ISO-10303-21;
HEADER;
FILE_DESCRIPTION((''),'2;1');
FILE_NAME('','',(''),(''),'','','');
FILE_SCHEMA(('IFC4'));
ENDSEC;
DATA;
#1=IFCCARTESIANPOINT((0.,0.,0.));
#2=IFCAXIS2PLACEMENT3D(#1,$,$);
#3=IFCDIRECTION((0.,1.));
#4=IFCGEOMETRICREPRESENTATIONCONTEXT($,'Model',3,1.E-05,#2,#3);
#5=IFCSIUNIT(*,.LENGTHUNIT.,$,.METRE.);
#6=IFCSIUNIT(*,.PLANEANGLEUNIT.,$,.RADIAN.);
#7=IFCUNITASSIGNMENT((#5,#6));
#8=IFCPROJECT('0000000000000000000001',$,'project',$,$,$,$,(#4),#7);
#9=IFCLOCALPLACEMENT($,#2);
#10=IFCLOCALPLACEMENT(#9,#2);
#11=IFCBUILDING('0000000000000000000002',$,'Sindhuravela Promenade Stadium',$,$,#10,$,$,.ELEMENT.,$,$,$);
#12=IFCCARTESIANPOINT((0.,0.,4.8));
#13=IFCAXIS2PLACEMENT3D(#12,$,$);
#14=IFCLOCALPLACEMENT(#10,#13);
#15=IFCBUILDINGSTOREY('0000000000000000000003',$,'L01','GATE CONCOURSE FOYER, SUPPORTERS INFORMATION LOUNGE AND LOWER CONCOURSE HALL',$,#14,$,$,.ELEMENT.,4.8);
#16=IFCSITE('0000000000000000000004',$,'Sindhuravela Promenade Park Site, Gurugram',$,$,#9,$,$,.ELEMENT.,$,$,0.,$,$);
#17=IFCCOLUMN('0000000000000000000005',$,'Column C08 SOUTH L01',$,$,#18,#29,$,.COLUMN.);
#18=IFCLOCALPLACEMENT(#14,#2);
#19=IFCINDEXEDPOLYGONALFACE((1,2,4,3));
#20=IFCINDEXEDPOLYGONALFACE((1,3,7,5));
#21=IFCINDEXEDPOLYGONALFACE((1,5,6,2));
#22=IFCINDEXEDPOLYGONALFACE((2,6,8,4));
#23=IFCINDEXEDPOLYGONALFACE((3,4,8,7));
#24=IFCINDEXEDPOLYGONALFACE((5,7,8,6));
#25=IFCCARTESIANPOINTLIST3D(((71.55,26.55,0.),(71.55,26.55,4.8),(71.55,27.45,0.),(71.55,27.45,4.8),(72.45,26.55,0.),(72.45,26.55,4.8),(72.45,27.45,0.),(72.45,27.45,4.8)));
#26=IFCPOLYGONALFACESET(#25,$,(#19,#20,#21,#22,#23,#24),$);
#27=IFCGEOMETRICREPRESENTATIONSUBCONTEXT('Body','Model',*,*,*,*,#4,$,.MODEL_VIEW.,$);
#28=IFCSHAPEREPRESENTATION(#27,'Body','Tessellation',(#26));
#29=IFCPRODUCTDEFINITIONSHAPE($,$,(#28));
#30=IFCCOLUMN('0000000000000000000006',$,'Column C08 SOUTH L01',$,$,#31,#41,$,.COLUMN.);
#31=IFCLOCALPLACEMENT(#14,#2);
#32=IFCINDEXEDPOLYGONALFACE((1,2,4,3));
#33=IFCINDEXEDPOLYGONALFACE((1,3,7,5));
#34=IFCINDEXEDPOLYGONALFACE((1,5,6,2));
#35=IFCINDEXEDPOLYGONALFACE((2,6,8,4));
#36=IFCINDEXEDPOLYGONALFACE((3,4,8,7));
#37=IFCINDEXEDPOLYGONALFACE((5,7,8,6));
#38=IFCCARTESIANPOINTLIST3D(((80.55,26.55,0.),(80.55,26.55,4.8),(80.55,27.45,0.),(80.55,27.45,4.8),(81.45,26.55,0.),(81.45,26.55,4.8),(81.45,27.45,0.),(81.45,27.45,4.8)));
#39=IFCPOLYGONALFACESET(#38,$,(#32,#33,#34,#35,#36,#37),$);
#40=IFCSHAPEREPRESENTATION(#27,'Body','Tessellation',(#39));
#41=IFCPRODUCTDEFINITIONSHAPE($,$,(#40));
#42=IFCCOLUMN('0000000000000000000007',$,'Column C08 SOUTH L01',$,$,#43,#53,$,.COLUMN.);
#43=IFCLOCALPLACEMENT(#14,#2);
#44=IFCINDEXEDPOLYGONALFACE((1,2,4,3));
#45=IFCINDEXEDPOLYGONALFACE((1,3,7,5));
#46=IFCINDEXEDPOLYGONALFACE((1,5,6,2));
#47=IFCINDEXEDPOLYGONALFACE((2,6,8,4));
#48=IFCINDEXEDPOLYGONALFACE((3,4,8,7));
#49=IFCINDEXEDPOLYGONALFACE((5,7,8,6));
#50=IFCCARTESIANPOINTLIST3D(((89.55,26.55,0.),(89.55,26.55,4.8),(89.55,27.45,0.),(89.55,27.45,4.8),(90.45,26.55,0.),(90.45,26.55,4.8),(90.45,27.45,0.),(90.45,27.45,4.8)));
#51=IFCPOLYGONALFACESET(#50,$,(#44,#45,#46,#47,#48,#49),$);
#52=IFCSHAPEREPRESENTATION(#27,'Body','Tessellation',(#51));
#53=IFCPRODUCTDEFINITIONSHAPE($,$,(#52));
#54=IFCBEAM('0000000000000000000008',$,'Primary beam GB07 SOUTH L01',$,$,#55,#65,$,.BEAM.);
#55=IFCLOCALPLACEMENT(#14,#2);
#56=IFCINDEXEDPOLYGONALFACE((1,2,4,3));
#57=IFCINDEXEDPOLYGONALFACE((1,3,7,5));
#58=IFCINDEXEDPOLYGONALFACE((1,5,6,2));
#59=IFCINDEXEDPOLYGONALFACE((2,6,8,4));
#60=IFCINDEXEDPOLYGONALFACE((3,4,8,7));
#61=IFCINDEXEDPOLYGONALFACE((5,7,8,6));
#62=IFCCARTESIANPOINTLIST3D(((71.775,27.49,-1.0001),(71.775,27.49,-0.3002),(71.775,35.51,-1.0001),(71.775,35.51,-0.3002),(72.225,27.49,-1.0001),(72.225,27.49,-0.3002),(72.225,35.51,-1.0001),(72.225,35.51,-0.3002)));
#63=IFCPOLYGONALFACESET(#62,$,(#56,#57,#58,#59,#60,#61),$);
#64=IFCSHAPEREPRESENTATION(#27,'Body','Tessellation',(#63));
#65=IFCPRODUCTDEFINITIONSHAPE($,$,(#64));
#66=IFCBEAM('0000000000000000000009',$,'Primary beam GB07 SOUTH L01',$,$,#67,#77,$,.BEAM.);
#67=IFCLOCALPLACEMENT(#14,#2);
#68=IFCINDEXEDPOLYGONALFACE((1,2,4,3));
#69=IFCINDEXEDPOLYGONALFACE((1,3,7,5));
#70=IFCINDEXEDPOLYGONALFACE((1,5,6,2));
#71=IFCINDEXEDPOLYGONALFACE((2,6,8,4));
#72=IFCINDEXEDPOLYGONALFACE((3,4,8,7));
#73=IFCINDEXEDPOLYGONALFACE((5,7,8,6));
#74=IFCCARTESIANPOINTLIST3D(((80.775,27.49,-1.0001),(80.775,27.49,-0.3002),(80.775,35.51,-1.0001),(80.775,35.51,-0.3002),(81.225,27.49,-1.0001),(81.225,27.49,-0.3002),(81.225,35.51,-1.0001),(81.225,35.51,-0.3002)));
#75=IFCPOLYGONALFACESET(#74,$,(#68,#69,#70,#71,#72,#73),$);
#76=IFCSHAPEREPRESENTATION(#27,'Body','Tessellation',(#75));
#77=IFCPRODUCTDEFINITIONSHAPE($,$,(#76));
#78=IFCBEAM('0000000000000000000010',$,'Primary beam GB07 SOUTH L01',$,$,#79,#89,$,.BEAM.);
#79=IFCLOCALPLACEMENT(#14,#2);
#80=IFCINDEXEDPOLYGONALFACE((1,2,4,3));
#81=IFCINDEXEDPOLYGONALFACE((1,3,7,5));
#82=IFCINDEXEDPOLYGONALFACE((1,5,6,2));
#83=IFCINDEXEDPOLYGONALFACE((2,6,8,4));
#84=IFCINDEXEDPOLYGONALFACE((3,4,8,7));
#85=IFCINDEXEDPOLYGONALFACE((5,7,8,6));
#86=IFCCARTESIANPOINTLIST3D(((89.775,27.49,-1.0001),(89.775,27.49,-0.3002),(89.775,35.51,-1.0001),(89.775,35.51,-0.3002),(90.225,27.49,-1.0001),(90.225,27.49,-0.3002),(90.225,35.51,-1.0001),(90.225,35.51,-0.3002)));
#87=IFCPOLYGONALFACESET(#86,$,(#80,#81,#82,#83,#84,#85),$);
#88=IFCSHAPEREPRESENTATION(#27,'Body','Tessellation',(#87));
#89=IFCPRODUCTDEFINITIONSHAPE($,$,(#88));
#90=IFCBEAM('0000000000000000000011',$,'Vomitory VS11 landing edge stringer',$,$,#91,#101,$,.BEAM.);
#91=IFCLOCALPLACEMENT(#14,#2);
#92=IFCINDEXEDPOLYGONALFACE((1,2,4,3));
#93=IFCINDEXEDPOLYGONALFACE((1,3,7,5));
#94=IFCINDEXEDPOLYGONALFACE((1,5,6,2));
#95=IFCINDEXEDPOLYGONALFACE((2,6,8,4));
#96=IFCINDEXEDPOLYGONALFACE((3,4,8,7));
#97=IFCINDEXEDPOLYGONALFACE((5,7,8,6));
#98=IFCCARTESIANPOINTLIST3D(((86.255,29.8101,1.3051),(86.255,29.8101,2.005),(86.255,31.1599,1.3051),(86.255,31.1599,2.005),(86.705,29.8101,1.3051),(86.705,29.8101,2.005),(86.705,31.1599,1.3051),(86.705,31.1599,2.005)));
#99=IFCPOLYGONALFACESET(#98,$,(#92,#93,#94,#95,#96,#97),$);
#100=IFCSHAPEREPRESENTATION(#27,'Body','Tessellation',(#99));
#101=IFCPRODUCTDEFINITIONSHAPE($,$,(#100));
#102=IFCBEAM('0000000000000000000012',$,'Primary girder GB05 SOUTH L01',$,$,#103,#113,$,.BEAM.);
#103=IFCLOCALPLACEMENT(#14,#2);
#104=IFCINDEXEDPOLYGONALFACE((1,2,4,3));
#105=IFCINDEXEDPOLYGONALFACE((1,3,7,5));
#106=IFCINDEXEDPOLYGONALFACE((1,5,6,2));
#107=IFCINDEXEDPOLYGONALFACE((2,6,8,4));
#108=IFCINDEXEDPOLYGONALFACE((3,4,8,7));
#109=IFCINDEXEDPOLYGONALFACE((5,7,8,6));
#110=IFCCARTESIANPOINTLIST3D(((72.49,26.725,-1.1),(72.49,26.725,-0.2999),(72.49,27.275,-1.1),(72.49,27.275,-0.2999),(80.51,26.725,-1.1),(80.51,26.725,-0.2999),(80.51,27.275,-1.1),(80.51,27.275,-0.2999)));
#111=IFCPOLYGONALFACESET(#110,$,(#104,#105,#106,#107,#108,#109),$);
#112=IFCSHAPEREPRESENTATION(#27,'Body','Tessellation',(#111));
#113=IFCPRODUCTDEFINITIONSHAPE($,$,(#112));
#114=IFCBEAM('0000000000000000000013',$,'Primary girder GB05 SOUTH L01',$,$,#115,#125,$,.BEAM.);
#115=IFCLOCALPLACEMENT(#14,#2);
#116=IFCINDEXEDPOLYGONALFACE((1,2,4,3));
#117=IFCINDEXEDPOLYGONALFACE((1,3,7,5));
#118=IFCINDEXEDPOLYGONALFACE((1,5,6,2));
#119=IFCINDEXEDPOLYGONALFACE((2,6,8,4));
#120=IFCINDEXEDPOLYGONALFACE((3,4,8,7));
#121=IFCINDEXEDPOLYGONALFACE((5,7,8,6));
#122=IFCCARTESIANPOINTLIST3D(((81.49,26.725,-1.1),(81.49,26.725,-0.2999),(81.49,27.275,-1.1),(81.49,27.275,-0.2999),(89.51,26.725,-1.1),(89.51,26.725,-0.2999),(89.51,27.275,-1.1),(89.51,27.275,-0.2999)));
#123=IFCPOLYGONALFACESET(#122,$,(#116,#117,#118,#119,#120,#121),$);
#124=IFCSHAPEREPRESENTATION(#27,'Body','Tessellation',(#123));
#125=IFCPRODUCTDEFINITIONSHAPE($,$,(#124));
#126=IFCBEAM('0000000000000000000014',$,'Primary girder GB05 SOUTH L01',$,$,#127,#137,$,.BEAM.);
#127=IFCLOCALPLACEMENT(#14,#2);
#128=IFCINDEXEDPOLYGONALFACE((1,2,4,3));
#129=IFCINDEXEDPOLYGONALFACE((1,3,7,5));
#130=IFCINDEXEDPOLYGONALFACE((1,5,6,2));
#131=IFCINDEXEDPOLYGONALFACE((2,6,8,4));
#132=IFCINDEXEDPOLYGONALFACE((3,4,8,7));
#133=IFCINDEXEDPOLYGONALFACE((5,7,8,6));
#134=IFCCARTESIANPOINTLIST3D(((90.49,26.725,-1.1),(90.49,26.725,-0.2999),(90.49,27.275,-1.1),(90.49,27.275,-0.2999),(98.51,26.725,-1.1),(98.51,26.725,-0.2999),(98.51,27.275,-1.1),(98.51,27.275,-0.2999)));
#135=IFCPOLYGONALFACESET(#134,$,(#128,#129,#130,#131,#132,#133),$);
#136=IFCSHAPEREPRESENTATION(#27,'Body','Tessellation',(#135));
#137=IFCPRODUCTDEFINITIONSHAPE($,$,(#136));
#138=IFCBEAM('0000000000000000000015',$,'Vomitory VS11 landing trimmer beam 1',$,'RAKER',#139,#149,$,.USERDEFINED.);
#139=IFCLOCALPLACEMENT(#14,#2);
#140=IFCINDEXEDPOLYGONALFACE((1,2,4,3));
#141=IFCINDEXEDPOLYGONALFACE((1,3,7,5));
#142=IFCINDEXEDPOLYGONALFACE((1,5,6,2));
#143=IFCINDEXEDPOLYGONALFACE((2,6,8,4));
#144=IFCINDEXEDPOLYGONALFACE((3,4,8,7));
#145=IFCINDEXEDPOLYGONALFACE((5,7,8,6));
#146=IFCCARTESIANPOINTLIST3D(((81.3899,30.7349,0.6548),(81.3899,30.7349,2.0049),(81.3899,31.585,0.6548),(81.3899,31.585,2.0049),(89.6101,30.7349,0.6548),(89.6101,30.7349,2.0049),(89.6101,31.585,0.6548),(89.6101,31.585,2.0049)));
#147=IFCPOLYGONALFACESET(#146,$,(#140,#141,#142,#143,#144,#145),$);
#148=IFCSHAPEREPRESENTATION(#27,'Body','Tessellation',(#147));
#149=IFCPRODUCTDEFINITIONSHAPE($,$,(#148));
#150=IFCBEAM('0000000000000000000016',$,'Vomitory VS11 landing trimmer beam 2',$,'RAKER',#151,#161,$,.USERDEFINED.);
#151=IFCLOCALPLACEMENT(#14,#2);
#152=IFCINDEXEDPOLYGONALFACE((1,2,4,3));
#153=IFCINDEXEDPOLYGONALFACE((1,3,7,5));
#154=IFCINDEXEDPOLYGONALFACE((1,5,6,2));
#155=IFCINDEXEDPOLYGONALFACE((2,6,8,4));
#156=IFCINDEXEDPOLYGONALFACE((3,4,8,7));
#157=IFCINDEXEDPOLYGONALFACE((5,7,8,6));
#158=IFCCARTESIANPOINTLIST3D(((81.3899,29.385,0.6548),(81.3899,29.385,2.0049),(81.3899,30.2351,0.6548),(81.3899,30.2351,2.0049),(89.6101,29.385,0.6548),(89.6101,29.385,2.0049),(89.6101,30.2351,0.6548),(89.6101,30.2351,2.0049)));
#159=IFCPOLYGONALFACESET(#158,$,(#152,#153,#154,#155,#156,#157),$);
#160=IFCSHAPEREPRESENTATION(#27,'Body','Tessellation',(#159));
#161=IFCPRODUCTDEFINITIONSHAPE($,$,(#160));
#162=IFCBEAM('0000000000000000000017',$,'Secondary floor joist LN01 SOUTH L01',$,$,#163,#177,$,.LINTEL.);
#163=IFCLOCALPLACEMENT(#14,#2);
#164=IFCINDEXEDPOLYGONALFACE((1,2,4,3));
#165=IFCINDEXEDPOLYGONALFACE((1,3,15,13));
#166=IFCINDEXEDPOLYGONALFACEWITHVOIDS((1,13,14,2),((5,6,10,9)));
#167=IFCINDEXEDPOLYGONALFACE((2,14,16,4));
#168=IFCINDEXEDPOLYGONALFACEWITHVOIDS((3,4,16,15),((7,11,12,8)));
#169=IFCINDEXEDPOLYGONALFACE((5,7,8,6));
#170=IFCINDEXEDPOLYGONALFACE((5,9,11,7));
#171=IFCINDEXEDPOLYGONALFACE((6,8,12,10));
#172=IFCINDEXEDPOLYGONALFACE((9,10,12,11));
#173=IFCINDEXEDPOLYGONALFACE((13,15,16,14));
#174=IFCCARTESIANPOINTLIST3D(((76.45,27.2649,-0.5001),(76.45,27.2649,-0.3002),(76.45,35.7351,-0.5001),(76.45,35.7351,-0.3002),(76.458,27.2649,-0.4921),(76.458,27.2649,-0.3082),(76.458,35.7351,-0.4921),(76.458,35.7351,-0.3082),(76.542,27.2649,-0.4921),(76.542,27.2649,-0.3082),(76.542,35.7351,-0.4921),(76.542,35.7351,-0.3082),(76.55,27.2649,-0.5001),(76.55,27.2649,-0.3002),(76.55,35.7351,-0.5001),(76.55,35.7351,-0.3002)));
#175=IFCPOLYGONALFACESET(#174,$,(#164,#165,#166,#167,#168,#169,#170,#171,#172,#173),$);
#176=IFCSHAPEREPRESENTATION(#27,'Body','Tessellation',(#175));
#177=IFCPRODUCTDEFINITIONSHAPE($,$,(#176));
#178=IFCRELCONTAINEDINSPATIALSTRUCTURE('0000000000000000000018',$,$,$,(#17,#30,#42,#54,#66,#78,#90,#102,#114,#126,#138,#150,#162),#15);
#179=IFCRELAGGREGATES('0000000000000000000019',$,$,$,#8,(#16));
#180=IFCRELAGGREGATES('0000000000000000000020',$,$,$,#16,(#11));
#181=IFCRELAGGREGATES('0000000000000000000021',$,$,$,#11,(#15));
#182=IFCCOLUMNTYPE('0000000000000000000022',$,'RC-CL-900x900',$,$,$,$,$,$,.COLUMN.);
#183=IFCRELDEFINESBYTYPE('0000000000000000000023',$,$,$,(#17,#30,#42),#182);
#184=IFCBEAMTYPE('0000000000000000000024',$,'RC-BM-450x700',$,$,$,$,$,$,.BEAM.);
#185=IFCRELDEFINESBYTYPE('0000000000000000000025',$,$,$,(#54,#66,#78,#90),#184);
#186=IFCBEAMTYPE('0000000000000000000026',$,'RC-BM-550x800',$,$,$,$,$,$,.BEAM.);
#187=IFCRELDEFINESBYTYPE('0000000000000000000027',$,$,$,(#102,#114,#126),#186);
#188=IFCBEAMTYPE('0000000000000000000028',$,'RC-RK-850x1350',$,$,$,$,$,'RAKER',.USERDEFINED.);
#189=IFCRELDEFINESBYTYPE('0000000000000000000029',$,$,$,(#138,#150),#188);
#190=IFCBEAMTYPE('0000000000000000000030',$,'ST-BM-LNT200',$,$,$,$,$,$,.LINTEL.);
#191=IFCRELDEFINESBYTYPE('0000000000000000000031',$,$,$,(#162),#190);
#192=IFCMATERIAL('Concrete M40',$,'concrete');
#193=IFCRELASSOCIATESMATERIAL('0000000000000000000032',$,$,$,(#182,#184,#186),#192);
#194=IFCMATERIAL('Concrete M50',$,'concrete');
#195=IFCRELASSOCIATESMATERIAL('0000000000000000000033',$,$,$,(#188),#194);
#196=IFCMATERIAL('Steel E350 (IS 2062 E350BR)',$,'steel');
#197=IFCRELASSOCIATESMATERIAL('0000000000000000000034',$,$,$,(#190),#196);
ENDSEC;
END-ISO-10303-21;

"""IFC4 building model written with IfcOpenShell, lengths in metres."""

from ifc_helpers import new_model, si_unit, direction, frame, origin, origin_2d, place, context, subcontext, project, spatial, rectangle, hollow_rectangle, extrude, material, material_profile, profile_set, type_object, element, save


model = new_model("IFC4")

# Units and contexts
model_context = context("Model", 3, precision=1e-05, world=origin(), true_north=direction((0.0, 1.0)))
body_context = subcontext(model_context, "Body", "Model", "MODEL_VIEW")
ifc_project = project(units=[si_unit("LENGTHUNIT", "METRE"), si_unit("PLANEANGLEUNIT", "RADIAN")], contexts=[model_context])

# Site, building, storey
site_placement = place(None, origin())
site = spatial("IfcSite", under=ifc_project, at=site_placement, Name="Sindhuravela Promenade Park Site, Gurugram", CompositionType="ELEMENT", RefElevation=0.0)
building_placement = place(site_placement, origin())
building = spatial("IfcBuilding", under=site, at=building_placement, Name="Sindhuravela Promenade Stadium", CompositionType="ELEMENT")
storey_placement = place(building_placement, frame((0.0, 0.0, 4.8)))
storey = spatial("IfcBuildingStorey", under=building, at=storey_placement, Name="L01", Description="GATE CONCOURSE FOYER, SUPPORTERS INFORMATION LOUNGE AND LOWER CONCOURSE HALL", CompositionType="ELEMENT", Elevation=4.8)

# Columns
ifc_material_1 = material(Name="Concrete M40", Category="concrete")
ifc_material_profile_1 = material_profile(ifc_material_1, rectangle(XDim=0.8999, YDim=0.8999, at=origin_2d()), Name="RC 900x900")
ifc_profile_set_1 = profile_set([ifc_material_profile_1], Name="Concrete M40")
column_type = type_object("IfcColumnType", Name="RC-CL-900x900", PredefinedType="COLUMN", material=ifc_profile_set_1)
for number, where, z_axis, x_axis, name in (
    (1, (72.0, 27.0, 0.0), (0.0, 0.0, 1.0), (1.0, 0.0, 0.0), "Column C08 SOUTH L01"),
    (2, (81.0, 27.0, 0.0), (0.0, 0.0, 1.0), (1.0, 0.0, 0.0), "Column C08 SOUTH L01"),
    (3, (90.0, 27.0, 0.0), (0.0, 0.0, 1.0), (1.0, 0.0, 0.0), "Column C08 SOUTH L01"),
):
    element("IfcColumn", number, at=place(storey_placement, frame(where, z_axis=z_axis, x_axis=x_axis)), inside=storey, type_object=column_type, Name=name, PredefinedType="COLUMN", context=body_context, shape_type="SweptSolid", body=[
        extrude(rectangle(XDim=0.8999, YDim=0.8999, at=origin_2d()), origin(), (0.0, 0.0, 1.0), 4.8),
    ])

# Beams
ifc_material_profile_2 = material_profile(ifc_material_1, rectangle(XDim=0.45, YDim=0.7, at=origin_2d()), Name="RC 450x700")
ifc_profile_set_2 = profile_set([ifc_material_profile_2], Name="Concrete M40")
beam_type_1 = type_object("IfcBeamType", Name="RC-BM-450x700", PredefinedType="BEAM", material=ifc_profile_set_2)
for number, where, z_axis, x_axis, name in (
    (4, (72.0, 27.49, -0.6501), (0.0, 1.0, 0.0), (-1.0, 0.0, 0.0), "Primary beam GB07 SOUTH L01"),
    (5, (81.0, 27.49, -0.6501), (0.0, 1.0, 0.0), (-1.0, 0.0, 0.0), "Primary beam GB07 SOUTH L01"),
    (6, (90.0, 27.49, -0.6501), (0.0, 1.0, 0.0), (-1.0, 0.0, 0.0), "Primary beam GB07 SOUTH L01"),
):
    element("IfcBeam", number, at=place(storey_placement, frame(where, z_axis=z_axis, x_axis=x_axis)), inside=storey, type_object=beam_type_1, Name=name, PredefinedType="BEAM", context=body_context, shape_type="SweptSolid", body=[
        extrude(rectangle(XDim=0.45, YDim=0.7, at=origin_2d()), origin(), (0.0, 0.0, 1.0), 8.02),
    ])
beam_1_placement = place(storey_placement, frame((86.48, 31.1599, 1.655), z_axis=(0.0, -1.0, 0.0), x_axis=(1.0, 0.0, 0.0)))
element("IfcBeam", 7, at=beam_1_placement, inside=storey, type_object=beam_type_1, Name="Vomitory VS11 landing edge stringer", PredefinedType="BEAM", context=body_context, shape_type="SweptSolid", body=[
    extrude(rectangle(XDim=0.45, YDim=0.7, at=origin_2d()), origin(), (0.0, 0.0, 1.0), 1.3499),
])
ifc_material_profile_3 = material_profile(ifc_material_1, rectangle(XDim=0.55, YDim=0.8, at=origin_2d()), Name="RC 550x800")
ifc_profile_set_3 = profile_set([ifc_material_profile_3], Name="Concrete M40")
beam_type_2 = type_object("IfcBeamType", Name="RC-BM-550x800", PredefinedType="BEAM", material=ifc_profile_set_3)
for number, where, z_axis, x_axis, name in (
    (8, (72.49, 27.0, -0.7), (1.0, 0.0, 0.0), (0.0, 1.0, 0.0), "Primary girder GB05 SOUTH L01"),
    (9, (81.49, 27.0, -0.7), (1.0, 0.0, 0.0), (0.0, 1.0, 0.0), "Primary girder GB05 SOUTH L01"),
    (10, (90.49, 27.0, -0.7), (1.0, 0.0, 0.0), (0.0, 1.0, 0.0), "Primary girder GB05 SOUTH L01"),
):
    element("IfcBeam", number, at=place(storey_placement, frame(where, z_axis=z_axis, x_axis=x_axis)), inside=storey, type_object=beam_type_2, Name=name, PredefinedType="BEAM", context=body_context, shape_type="SweptSolid", body=[
        extrude(rectangle(XDim=0.55, YDim=0.8, at=origin_2d()), origin(), (0.0, 0.0, 1.0), 8.02),
    ])
ifc_material_2 = material(Name="Concrete M50", Category="concrete")
ifc_material_profile_4 = material_profile(ifc_material_2, rectangle(XDim=0.8501, YDim=1.3501, at=origin_2d()), Name="RC 850x1350")
ifc_profile_set_4 = profile_set([ifc_material_profile_4], Name="Concrete M50")
beam_type_3 = type_object("IfcBeamType", Name="RC-RK-850x1350", ElementType="RAKER", PredefinedType="USERDEFINED", material=ifc_profile_set_4)
for number, where, z_axis, x_axis, name in (
    (11, (81.3899, 31.1599, 1.3298), (1.0, 0.0, 0.0), (0.0, 1.0, 0.0), "Vomitory VS11 landing trimmer beam 1"),
    (12, (81.3899, 29.8101, 1.3298), (1.0, 0.0, 0.0), (0.0, 1.0, 0.0), "Vomitory VS11 landing trimmer beam 2"),
):
    element("IfcBeam", number, at=place(storey_placement, frame(where, z_axis=z_axis, x_axis=x_axis)), inside=storey, type_object=beam_type_3, Name=name, ObjectType="RAKER", PredefinedType="USERDEFINED", context=body_context, shape_type="SweptSolid", body=[
        extrude(rectangle(XDim=0.8501, YDim=1.3501, at=origin_2d()), origin(), (0.0, 0.0, 1.0), 8.2202),
    ])
ifc_material_3 = material(Name="Steel E350 (IS 2062 E350BR)", Category="steel")
ifc_material_profile_5 = material_profile(ifc_material_3, hollow_rectangle(XDim=0.1001, YDim=0.2, WallThickness=0.0081, at=origin_2d()), Name="RHS 200x100x8")
ifc_profile_set_5 = profile_set([ifc_material_profile_5], Name="Steel E350 (IS 2062 E350BR)")
beam_type_4 = type_object("IfcBeamType", Name="ST-BM-LNT200", PredefinedType="LINTEL", material=ifc_profile_set_5)
beam_2_placement = place(storey_placement, frame((76.5, 27.2649, -0.4001), z_axis=(0.0, 1.0, 0.0), x_axis=(-1.0, 0.0, 0.0)))
element("IfcBeam", 13, at=beam_2_placement, inside=storey, type_object=beam_type_4, Name="Secondary floor joist LN01 SOUTH L01", PredefinedType="LINTEL", context=body_context, shape_type="SweptSolid", body=[
    extrude(hollow_rectangle(XDim=0.1001, YDim=0.2, WallThickness=0.0081, at=origin_2d()), origin(), (0.0, 0.0, 1.0), 8.4702),
])

save(model, "model.ifc")
